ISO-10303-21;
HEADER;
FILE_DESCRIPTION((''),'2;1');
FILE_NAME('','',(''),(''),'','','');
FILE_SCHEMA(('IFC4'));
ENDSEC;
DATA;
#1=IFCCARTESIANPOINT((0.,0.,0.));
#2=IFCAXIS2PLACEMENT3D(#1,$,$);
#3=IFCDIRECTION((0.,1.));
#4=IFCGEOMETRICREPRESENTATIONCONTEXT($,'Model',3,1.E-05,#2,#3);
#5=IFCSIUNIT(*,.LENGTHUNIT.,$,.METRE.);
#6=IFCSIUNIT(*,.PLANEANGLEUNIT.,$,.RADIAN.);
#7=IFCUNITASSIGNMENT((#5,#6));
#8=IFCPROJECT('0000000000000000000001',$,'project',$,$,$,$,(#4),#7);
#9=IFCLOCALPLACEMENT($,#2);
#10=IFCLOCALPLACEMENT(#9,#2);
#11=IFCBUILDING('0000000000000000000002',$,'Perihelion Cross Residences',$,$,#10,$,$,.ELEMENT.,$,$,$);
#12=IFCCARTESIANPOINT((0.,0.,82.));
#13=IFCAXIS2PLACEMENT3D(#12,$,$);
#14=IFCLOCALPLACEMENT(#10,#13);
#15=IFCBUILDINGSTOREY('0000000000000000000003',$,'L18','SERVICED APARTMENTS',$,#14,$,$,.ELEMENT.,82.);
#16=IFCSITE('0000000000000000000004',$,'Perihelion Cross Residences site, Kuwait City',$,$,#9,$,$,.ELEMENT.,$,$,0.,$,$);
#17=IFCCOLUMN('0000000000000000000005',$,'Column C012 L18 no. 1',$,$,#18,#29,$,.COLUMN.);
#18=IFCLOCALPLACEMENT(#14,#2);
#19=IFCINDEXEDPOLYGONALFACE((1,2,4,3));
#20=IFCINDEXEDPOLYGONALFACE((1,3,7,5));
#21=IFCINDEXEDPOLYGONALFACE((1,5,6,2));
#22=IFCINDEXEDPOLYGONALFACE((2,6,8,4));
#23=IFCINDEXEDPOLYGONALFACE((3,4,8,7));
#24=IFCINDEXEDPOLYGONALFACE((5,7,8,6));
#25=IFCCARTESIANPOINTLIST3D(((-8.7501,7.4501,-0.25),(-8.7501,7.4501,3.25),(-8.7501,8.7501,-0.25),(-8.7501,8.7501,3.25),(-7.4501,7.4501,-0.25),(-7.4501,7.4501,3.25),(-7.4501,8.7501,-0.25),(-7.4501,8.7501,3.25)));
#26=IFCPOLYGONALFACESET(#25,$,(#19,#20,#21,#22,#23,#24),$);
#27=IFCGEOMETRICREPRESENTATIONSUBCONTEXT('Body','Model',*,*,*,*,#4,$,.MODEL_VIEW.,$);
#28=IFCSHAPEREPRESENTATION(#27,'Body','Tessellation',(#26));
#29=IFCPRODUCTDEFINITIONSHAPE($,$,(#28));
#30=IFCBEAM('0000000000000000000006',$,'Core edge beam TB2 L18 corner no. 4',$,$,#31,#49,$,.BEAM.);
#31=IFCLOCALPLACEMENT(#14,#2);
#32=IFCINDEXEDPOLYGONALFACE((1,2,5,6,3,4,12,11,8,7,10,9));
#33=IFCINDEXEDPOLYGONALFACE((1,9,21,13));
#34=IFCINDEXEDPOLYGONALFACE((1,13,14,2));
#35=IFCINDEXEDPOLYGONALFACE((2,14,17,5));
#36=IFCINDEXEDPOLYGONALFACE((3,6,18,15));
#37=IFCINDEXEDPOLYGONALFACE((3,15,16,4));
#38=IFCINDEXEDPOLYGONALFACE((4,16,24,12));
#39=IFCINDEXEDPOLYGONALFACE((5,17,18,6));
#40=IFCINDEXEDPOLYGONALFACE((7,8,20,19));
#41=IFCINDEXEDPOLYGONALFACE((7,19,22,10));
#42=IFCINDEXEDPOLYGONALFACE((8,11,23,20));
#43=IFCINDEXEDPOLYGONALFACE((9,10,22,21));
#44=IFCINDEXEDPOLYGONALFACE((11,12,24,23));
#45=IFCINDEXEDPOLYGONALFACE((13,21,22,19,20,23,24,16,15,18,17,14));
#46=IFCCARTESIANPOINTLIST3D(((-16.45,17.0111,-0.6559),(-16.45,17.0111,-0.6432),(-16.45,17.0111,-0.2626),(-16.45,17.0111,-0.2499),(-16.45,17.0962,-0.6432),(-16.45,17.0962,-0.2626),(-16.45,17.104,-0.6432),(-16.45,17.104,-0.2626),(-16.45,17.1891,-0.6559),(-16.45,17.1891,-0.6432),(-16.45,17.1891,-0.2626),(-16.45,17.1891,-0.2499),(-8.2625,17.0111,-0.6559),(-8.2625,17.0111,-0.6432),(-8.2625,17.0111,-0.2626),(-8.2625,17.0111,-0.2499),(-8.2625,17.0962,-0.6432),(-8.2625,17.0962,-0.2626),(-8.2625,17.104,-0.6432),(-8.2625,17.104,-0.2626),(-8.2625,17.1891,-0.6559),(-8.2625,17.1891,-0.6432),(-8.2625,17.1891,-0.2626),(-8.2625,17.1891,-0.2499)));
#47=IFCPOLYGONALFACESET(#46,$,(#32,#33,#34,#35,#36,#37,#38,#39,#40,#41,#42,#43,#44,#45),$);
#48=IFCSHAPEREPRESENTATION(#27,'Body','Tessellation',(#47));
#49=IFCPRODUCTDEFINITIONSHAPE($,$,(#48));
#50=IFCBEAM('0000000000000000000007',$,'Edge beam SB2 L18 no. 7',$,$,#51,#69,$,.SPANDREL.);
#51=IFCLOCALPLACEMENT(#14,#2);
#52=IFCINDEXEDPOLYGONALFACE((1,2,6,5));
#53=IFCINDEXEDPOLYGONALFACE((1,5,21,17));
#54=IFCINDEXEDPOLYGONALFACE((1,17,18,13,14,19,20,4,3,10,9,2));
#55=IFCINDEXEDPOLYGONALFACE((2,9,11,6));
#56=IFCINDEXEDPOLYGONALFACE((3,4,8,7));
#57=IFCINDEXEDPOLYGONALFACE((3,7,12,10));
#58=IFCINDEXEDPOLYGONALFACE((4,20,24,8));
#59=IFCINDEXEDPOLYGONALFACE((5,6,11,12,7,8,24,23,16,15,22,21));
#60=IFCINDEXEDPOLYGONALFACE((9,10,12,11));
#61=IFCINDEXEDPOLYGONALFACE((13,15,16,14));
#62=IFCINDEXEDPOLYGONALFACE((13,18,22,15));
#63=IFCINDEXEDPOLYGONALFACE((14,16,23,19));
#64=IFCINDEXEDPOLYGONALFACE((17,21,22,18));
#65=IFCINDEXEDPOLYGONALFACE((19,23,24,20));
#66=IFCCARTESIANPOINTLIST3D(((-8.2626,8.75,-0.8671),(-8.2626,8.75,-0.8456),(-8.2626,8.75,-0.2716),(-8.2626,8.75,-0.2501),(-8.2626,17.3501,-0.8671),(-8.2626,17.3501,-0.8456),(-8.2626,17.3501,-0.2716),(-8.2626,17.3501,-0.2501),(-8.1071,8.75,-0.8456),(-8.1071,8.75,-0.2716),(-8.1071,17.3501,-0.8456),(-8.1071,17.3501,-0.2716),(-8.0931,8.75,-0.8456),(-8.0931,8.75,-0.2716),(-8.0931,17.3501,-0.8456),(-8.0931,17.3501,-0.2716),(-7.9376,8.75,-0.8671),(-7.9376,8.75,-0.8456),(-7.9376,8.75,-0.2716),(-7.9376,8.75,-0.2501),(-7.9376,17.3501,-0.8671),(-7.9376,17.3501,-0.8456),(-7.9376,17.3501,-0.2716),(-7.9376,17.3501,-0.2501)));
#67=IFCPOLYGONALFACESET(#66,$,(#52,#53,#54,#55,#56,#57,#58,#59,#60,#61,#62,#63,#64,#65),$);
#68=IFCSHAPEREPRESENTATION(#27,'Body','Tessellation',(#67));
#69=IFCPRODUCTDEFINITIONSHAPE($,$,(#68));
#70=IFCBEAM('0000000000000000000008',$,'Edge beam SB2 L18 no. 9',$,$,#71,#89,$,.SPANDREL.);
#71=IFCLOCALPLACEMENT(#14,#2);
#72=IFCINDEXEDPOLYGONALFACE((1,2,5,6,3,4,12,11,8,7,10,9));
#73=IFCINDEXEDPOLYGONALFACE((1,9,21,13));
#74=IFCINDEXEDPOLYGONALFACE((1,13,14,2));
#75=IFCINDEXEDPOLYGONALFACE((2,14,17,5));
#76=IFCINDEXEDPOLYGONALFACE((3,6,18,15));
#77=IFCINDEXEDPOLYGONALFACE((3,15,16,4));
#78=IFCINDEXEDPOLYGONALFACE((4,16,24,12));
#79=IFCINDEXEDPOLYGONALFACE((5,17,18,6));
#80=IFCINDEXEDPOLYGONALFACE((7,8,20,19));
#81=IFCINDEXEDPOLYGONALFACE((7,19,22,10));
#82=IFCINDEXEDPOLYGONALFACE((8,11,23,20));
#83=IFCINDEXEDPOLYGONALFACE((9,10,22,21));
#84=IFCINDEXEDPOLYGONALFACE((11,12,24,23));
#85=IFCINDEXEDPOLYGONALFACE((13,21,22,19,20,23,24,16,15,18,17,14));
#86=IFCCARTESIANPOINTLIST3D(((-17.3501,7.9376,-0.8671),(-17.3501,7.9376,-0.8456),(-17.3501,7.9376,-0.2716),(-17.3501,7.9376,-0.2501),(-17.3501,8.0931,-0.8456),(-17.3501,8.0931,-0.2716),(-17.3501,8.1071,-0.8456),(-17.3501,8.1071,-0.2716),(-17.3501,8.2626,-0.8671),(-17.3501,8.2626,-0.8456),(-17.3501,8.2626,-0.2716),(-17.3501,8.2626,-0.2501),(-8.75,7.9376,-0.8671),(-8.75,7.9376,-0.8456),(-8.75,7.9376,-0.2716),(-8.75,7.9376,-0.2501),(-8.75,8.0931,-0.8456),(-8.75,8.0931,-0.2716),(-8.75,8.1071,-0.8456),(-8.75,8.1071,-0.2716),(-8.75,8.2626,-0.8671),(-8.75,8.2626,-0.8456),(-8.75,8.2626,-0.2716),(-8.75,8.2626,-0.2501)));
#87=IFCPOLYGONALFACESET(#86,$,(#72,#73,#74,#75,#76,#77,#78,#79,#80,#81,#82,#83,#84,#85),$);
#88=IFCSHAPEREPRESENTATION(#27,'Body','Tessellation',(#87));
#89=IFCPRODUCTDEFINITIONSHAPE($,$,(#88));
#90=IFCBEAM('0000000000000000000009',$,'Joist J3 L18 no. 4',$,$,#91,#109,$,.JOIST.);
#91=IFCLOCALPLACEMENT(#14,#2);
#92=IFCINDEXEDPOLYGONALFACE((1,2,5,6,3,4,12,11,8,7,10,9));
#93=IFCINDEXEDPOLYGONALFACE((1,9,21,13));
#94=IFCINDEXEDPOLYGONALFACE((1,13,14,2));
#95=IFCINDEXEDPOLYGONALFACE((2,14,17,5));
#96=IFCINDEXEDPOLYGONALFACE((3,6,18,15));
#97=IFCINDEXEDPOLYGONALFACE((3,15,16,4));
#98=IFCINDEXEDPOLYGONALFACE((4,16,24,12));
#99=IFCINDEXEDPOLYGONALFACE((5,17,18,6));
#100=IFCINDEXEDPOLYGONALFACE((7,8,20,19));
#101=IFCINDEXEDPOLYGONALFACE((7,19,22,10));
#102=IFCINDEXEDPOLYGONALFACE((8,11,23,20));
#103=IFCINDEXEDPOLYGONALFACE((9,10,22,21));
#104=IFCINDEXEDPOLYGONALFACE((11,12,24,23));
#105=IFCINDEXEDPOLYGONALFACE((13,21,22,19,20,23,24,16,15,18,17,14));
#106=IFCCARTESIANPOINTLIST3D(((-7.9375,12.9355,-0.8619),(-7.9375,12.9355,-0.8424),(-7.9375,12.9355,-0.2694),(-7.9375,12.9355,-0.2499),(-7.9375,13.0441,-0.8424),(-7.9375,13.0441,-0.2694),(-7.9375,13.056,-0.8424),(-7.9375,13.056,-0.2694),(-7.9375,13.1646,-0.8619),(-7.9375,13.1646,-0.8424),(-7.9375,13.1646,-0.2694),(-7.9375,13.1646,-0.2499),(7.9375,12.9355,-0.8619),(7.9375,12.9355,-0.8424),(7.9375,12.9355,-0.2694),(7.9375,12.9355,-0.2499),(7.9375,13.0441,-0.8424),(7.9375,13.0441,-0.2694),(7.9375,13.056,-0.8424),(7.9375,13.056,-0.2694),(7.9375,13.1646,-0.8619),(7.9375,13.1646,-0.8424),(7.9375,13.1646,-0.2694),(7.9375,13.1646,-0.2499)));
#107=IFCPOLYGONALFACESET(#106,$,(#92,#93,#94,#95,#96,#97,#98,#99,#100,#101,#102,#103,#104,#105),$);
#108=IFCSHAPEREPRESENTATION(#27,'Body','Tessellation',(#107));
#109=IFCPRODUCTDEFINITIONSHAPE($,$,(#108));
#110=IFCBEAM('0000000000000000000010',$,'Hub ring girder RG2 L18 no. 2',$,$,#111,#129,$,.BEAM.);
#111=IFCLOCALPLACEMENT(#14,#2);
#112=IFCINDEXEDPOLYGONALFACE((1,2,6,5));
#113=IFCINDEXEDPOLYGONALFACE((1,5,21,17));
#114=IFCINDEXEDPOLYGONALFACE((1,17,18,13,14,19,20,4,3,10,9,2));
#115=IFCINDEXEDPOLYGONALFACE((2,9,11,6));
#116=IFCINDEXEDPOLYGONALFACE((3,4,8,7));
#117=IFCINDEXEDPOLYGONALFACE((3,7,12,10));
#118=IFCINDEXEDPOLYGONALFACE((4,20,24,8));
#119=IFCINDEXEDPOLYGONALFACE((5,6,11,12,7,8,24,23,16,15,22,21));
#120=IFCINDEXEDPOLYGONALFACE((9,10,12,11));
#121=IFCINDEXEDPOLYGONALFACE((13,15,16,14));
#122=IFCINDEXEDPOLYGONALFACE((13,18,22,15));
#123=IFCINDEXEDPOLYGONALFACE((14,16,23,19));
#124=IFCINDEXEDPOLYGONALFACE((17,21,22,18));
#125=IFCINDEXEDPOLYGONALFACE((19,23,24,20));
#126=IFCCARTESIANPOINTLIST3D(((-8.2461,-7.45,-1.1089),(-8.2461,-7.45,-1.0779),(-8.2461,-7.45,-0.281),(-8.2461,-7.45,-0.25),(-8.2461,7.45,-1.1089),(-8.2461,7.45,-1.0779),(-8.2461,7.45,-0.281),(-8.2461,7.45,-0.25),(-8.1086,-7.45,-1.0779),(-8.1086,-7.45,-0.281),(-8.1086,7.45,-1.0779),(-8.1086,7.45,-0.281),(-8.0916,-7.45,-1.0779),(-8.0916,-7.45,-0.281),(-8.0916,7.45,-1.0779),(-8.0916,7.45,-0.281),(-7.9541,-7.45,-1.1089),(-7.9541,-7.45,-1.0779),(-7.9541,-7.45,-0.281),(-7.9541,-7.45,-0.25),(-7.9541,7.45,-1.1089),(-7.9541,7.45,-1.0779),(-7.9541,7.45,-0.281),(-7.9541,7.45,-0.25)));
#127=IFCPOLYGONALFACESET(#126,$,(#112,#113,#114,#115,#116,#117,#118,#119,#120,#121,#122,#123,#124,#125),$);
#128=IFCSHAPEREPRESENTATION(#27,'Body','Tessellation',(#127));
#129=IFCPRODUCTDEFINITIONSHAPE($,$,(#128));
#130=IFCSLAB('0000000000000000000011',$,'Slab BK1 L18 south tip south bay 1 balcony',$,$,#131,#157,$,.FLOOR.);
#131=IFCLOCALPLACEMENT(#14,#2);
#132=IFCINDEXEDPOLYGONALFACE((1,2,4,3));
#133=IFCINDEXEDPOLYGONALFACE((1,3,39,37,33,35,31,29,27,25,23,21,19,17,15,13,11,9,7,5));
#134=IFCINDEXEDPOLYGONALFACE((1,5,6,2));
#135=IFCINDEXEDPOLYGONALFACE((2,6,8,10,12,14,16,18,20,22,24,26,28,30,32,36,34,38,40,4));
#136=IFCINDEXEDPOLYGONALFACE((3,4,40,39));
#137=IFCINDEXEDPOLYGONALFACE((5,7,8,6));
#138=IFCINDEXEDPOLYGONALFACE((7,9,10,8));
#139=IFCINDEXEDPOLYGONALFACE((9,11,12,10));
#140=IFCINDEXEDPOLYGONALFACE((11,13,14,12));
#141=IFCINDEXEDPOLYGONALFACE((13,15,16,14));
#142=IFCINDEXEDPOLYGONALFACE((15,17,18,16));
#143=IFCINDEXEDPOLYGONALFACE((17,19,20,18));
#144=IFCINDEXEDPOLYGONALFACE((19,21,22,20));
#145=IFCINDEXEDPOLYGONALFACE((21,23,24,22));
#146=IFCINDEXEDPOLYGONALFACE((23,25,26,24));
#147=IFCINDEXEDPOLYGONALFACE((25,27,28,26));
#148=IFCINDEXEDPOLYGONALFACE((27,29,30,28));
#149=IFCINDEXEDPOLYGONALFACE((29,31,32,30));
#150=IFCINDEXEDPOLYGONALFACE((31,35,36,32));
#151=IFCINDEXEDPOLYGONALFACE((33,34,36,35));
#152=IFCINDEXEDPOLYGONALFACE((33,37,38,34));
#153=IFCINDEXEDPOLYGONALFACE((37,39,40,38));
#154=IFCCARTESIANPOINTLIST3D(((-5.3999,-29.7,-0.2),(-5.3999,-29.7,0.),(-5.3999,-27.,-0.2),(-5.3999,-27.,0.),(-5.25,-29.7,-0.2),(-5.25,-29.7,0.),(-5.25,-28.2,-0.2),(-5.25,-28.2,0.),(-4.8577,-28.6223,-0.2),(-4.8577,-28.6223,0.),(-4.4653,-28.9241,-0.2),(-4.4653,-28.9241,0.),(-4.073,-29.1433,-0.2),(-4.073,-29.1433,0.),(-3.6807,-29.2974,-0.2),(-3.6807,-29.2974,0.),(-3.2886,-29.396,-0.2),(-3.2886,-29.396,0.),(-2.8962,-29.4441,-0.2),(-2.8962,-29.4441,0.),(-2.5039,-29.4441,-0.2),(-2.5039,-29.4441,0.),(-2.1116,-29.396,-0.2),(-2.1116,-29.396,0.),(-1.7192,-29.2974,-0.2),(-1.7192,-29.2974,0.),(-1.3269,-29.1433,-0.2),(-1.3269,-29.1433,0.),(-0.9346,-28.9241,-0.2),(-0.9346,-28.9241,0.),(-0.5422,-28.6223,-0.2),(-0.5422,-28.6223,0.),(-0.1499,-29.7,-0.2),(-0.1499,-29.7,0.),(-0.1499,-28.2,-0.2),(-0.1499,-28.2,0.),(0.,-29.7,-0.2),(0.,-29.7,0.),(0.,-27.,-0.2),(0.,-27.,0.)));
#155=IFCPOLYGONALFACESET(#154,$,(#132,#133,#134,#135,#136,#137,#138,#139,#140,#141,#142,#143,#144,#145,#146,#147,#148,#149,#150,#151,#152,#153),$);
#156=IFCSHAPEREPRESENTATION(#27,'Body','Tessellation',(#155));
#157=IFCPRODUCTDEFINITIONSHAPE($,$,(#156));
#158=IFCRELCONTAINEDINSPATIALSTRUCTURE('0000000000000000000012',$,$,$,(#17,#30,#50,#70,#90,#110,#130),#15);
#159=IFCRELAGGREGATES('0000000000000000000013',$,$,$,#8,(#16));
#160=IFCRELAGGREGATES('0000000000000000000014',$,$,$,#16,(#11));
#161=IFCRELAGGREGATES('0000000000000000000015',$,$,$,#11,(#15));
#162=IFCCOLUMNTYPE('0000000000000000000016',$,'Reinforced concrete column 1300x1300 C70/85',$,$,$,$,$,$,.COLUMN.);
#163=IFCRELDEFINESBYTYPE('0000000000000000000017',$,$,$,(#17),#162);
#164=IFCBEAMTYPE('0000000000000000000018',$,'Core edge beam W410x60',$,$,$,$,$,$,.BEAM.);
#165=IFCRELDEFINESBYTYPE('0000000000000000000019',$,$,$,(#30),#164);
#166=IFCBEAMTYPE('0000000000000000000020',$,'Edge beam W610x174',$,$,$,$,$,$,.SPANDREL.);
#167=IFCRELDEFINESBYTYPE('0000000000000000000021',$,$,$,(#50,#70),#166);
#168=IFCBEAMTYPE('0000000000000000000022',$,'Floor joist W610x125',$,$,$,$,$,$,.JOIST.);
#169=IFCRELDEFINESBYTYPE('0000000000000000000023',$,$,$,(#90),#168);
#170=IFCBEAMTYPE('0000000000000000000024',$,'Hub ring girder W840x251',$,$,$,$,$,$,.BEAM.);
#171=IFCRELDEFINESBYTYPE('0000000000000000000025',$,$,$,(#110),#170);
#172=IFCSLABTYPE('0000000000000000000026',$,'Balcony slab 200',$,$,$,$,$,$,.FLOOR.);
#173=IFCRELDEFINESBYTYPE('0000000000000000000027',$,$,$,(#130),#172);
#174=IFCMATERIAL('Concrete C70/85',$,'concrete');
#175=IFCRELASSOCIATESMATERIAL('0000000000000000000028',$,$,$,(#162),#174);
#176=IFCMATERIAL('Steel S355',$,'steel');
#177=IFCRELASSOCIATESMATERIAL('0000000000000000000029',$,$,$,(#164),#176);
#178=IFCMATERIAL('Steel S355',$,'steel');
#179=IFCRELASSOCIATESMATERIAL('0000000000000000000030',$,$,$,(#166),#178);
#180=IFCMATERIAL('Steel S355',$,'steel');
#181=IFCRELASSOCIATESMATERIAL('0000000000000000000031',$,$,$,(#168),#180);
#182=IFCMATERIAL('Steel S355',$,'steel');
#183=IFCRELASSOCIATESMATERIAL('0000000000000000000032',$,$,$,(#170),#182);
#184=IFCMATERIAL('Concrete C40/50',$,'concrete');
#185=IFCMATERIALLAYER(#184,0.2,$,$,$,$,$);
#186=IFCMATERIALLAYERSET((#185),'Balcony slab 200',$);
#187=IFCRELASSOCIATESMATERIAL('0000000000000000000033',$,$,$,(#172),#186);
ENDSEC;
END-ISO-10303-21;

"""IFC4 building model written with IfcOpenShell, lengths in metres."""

from ifc_helpers import new_model, si_unit, direction, frame, origin, origin_2d, place, context, subcontext, project, spatial, polyline, rectangle, i_section, outline, extrude, material, layer, layer_set, material_profile, profile_set, type_object, element, save


model = new_model("IFC4")

# Units and contexts
model_context = context("Model", 3, precision=1e-05, world=origin(), true_north=direction((0.0, 1.0)))
body_context = subcontext(model_context, "Body", "Model", "MODEL_VIEW")
ifc_project = project(units=[si_unit("LENGTHUNIT", "METRE"), si_unit("PLANEANGLEUNIT", "RADIAN")], contexts=[model_context])

# Site, building, storey
site_placement = place(None, origin())
site = spatial("IfcSite", under=ifc_project, at=site_placement, Name="Perihelion Cross Residences site, Kuwait City", CompositionType="ELEMENT", RefElevation=0.0)
building_placement = place(site_placement, origin())
building = spatial("IfcBuilding", under=site, at=building_placement, Name="Perihelion Cross Residences", CompositionType="ELEMENT")
storey_placement = place(building_placement, frame((0.0, 0.0, 82.0)))
storey = spatial("IfcBuildingStorey", under=building, at=storey_placement, Name="L18", Description="SERVICED APARTMENTS", CompositionType="ELEMENT", Elevation=82.0)

# Column
ifc_material_1 = material(Name="Concrete C70/85", Category="concrete")
ifc_material_profile_1 = material_profile(ifc_material_1, rectangle(XDim=1.3, YDim=1.3, at=origin_2d()), Name="RC 1300x1300")
ifc_profile_set_1 = profile_set([ifc_material_profile_1], Name="Concrete C70/85")
column_type = type_object("IfcColumnType", Name="Reinforced concrete column 1300x1300 C70/85", PredefinedType="COLUMN", material=ifc_profile_set_1)
column_placement = place(storey_placement, frame((-8.1001, 8.1001, -0.25), z_axis=(0.0, 0.0, 1.0), x_axis=(1.0, 0.0, 0.0)))
element("IfcColumn", 1, at=column_placement, inside=storey, type_object=column_type, Name="Column C012 L18 no. 1", PredefinedType="COLUMN", context=body_context, shape_type="SweptSolid", body=[
    extrude(rectangle(XDim=1.3, YDim=1.3, at=origin_2d()), origin(), (0.0, 0.0, 1.0), 3.5),
])

# Beams
ifc_material_2 = material(Name="Steel S355", Category="steel")
ifc_material_profile_2 = material_profile(ifc_material_2, i_section(OverallWidth=0.178, OverallDepth=0.406, WebThickness=0.0078, FlangeThickness=0.0127, at=origin_2d()), Name="W410x60")
ifc_profile_set_2 = profile_set([ifc_material_profile_2], Name="Steel S355")
beam_type_1 = type_object("IfcBeamType", Name="Core edge beam W410x60", PredefinedType="BEAM", material=ifc_profile_set_2)
beam_1_placement = place(storey_placement, frame((-8.2625, 17.1001, -0.4529), z_axis=(-1.0, 0.0, 0.0), x_axis=(0.0, -1.0, 0.0)))
element("IfcBeam", 2, at=beam_1_placement, inside=storey, type_object=beam_type_1, Name="Core edge beam TB2 L18 corner no. 4", PredefinedType="BEAM", context=body_context, shape_type="SweptSolid", body=[
    extrude(i_section(OverallWidth=0.178, OverallDepth=0.406, WebThickness=0.0078, FlangeThickness=0.0127, at=origin_2d()), origin(), (0.0, 0.0, 1.0), 8.1875),
])
ifc_material_3 = material(Name="Steel S355", Category="steel")
ifc_material_profile_3 = material_profile(ifc_material_3, i_section(OverallWidth=0.325, OverallDepth=0.6169, WebThickness=0.0139, FlangeThickness=0.0215, at=origin_2d()), Name="W610x174")
ifc_profile_set_3 = profile_set([ifc_material_profile_3], Name="Steel S355")
beam_type_2 = type_object("IfcBeamType", Name="Edge beam W610x174", PredefinedType="SPANDREL", material=ifc_profile_set_3)
for number, where, z_axis, x_axis, name in (
    (3, (-8.1001, 17.3501, -0.5586), (0.0, -1.0, 0.0), (1.0, 0.0, 0.0), "Edge beam SB2 L18 no. 7"),
    (4, (-8.75, 8.1001, -0.5586), (-1.0, 0.0, 0.0), (0.0, -1.0, 0.0), "Edge beam SB2 L18 no. 9"),
):
    element("IfcBeam", number, at=place(storey_placement, frame(where, z_axis=z_axis, x_axis=x_axis)), inside=storey, type_object=beam_type_2, Name=name, PredefinedType="SPANDREL", context=body_context, shape_type="SweptSolid", body=[
        extrude(i_section(OverallWidth=0.325, OverallDepth=0.6169, WebThickness=0.0139, FlangeThickness=0.0215, at=origin_2d()), origin(), (0.0, 0.0, 1.0), 8.6001),
    ])
ifc_material_4 = material(Name="Steel S355", Category="steel")
ifc_material_profile_4 = material_profile(ifc_material_4, i_section(OverallWidth=0.229, OverallDepth=0.6121, WebThickness=0.012, FlangeThickness=0.0195, at=origin_2d()), Name="W610x125")
ifc_profile_set_4 = profile_set([ifc_material_profile_4], Name="Steel S355")
beam_type_3 = type_object("IfcBeamType", Name="Floor joist W610x125", PredefinedType="JOIST", material=ifc_profile_set_4)
beam_2_placement = place(storey_placement, frame((-7.9375, 13.05, -0.5559), z_axis=(1.0, 0.0, 0.0), x_axis=(0.0, 1.0, 0.0)))
element("IfcBeam", 5, at=beam_2_placement, inside=storey, type_object=beam_type_3, Name="Joist J3 L18 no. 4", PredefinedType="JOIST", context=body_context, shape_type="SweptSolid", body=[
    extrude(i_section(OverallWidth=0.229, OverallDepth=0.6121, WebThickness=0.012, FlangeThickness=0.0195, at=origin_2d()), origin(), (0.0, 0.0, 1.0), 15.875),
])
ifc_material_5 = material(Name="Steel S355", Category="steel")
ifc_material_profile_5 = material_profile(ifc_material_5, i_section(OverallWidth=0.292, OverallDepth=0.8589, WebThickness=0.0171, FlangeThickness=0.031, at=origin_2d()), Name="W840x251")
ifc_profile_set_5 = profile_set([ifc_material_profile_5], Name="Steel S355")
beam_type_4 = type_object("IfcBeamType", Name="Hub ring girder W840x251", PredefinedType="BEAM", material=ifc_profile_set_5)
beam_3_placement = place(storey_placement, frame((-8.1001, 7.45, -0.6794), z_axis=(0.0, -1.0, 0.0), x_axis=(1.0, 0.0, 0.0)))
element("IfcBeam", 6, at=beam_3_placement, inside=storey, type_object=beam_type_4, Name="Hub ring girder RG2 L18 no. 2", PredefinedType="BEAM", context=body_context, shape_type="SweptSolid", body=[
    extrude(i_section(OverallWidth=0.292, OverallDepth=0.8589, WebThickness=0.0171, FlangeThickness=0.031, at=origin_2d()), origin(), (0.0, 0.0, 1.0), 14.8999),
])

# Slab
ifc_material_6 = material(Name="Concrete C40/50", Category="concrete")
ifc_layer_1 = layer(ifc_material_6, 0.2)
ifc_layer_set_1 = layer_set([ifc_layer_1], Name="Balcony slab 200")
slab_type_1 = type_object("IfcSlabType", Name="Balcony slab 200", PredefinedType="FLOOR", material=ifc_layer_set_1)
slab_1_placement = place(storey_placement, frame((0.0, 0.0, -0.2)))
element("IfcSlab", 7, at=slab_1_placement, inside=storey, type_object=slab_type_1, Name="Slab BK1 L18 south tip south bay 1 balcony", PredefinedType="FLOOR", context=body_context, shape_type="SweptSolid", body=[
    extrude(outline(polyline([(-5.3999, -27.0), (0.0, -27.0), (0.0, -29.7), (-0.1499, -29.7), (-0.1499, -28.2), (-0.5422, -28.6223), (-0.9346, -28.9241), (-1.3269, -29.1433), (-1.7192, -29.2974), (-2.1116, -29.396), (-2.5039, -29.4441), (-2.8962, -29.4441), (-3.2886, -29.396), (-3.6807, -29.2974), (-4.073, -29.1433), (-4.4653, -28.9241), (-4.8577, -28.6223), (-5.25, -28.2), (-5.25, -29.7), (-5.3999, -29.7), (-5.3999, -27.0)])), origin(), (0.0, 0.0, 1.0), 0.2),
])

save(model, "model.ifc")
